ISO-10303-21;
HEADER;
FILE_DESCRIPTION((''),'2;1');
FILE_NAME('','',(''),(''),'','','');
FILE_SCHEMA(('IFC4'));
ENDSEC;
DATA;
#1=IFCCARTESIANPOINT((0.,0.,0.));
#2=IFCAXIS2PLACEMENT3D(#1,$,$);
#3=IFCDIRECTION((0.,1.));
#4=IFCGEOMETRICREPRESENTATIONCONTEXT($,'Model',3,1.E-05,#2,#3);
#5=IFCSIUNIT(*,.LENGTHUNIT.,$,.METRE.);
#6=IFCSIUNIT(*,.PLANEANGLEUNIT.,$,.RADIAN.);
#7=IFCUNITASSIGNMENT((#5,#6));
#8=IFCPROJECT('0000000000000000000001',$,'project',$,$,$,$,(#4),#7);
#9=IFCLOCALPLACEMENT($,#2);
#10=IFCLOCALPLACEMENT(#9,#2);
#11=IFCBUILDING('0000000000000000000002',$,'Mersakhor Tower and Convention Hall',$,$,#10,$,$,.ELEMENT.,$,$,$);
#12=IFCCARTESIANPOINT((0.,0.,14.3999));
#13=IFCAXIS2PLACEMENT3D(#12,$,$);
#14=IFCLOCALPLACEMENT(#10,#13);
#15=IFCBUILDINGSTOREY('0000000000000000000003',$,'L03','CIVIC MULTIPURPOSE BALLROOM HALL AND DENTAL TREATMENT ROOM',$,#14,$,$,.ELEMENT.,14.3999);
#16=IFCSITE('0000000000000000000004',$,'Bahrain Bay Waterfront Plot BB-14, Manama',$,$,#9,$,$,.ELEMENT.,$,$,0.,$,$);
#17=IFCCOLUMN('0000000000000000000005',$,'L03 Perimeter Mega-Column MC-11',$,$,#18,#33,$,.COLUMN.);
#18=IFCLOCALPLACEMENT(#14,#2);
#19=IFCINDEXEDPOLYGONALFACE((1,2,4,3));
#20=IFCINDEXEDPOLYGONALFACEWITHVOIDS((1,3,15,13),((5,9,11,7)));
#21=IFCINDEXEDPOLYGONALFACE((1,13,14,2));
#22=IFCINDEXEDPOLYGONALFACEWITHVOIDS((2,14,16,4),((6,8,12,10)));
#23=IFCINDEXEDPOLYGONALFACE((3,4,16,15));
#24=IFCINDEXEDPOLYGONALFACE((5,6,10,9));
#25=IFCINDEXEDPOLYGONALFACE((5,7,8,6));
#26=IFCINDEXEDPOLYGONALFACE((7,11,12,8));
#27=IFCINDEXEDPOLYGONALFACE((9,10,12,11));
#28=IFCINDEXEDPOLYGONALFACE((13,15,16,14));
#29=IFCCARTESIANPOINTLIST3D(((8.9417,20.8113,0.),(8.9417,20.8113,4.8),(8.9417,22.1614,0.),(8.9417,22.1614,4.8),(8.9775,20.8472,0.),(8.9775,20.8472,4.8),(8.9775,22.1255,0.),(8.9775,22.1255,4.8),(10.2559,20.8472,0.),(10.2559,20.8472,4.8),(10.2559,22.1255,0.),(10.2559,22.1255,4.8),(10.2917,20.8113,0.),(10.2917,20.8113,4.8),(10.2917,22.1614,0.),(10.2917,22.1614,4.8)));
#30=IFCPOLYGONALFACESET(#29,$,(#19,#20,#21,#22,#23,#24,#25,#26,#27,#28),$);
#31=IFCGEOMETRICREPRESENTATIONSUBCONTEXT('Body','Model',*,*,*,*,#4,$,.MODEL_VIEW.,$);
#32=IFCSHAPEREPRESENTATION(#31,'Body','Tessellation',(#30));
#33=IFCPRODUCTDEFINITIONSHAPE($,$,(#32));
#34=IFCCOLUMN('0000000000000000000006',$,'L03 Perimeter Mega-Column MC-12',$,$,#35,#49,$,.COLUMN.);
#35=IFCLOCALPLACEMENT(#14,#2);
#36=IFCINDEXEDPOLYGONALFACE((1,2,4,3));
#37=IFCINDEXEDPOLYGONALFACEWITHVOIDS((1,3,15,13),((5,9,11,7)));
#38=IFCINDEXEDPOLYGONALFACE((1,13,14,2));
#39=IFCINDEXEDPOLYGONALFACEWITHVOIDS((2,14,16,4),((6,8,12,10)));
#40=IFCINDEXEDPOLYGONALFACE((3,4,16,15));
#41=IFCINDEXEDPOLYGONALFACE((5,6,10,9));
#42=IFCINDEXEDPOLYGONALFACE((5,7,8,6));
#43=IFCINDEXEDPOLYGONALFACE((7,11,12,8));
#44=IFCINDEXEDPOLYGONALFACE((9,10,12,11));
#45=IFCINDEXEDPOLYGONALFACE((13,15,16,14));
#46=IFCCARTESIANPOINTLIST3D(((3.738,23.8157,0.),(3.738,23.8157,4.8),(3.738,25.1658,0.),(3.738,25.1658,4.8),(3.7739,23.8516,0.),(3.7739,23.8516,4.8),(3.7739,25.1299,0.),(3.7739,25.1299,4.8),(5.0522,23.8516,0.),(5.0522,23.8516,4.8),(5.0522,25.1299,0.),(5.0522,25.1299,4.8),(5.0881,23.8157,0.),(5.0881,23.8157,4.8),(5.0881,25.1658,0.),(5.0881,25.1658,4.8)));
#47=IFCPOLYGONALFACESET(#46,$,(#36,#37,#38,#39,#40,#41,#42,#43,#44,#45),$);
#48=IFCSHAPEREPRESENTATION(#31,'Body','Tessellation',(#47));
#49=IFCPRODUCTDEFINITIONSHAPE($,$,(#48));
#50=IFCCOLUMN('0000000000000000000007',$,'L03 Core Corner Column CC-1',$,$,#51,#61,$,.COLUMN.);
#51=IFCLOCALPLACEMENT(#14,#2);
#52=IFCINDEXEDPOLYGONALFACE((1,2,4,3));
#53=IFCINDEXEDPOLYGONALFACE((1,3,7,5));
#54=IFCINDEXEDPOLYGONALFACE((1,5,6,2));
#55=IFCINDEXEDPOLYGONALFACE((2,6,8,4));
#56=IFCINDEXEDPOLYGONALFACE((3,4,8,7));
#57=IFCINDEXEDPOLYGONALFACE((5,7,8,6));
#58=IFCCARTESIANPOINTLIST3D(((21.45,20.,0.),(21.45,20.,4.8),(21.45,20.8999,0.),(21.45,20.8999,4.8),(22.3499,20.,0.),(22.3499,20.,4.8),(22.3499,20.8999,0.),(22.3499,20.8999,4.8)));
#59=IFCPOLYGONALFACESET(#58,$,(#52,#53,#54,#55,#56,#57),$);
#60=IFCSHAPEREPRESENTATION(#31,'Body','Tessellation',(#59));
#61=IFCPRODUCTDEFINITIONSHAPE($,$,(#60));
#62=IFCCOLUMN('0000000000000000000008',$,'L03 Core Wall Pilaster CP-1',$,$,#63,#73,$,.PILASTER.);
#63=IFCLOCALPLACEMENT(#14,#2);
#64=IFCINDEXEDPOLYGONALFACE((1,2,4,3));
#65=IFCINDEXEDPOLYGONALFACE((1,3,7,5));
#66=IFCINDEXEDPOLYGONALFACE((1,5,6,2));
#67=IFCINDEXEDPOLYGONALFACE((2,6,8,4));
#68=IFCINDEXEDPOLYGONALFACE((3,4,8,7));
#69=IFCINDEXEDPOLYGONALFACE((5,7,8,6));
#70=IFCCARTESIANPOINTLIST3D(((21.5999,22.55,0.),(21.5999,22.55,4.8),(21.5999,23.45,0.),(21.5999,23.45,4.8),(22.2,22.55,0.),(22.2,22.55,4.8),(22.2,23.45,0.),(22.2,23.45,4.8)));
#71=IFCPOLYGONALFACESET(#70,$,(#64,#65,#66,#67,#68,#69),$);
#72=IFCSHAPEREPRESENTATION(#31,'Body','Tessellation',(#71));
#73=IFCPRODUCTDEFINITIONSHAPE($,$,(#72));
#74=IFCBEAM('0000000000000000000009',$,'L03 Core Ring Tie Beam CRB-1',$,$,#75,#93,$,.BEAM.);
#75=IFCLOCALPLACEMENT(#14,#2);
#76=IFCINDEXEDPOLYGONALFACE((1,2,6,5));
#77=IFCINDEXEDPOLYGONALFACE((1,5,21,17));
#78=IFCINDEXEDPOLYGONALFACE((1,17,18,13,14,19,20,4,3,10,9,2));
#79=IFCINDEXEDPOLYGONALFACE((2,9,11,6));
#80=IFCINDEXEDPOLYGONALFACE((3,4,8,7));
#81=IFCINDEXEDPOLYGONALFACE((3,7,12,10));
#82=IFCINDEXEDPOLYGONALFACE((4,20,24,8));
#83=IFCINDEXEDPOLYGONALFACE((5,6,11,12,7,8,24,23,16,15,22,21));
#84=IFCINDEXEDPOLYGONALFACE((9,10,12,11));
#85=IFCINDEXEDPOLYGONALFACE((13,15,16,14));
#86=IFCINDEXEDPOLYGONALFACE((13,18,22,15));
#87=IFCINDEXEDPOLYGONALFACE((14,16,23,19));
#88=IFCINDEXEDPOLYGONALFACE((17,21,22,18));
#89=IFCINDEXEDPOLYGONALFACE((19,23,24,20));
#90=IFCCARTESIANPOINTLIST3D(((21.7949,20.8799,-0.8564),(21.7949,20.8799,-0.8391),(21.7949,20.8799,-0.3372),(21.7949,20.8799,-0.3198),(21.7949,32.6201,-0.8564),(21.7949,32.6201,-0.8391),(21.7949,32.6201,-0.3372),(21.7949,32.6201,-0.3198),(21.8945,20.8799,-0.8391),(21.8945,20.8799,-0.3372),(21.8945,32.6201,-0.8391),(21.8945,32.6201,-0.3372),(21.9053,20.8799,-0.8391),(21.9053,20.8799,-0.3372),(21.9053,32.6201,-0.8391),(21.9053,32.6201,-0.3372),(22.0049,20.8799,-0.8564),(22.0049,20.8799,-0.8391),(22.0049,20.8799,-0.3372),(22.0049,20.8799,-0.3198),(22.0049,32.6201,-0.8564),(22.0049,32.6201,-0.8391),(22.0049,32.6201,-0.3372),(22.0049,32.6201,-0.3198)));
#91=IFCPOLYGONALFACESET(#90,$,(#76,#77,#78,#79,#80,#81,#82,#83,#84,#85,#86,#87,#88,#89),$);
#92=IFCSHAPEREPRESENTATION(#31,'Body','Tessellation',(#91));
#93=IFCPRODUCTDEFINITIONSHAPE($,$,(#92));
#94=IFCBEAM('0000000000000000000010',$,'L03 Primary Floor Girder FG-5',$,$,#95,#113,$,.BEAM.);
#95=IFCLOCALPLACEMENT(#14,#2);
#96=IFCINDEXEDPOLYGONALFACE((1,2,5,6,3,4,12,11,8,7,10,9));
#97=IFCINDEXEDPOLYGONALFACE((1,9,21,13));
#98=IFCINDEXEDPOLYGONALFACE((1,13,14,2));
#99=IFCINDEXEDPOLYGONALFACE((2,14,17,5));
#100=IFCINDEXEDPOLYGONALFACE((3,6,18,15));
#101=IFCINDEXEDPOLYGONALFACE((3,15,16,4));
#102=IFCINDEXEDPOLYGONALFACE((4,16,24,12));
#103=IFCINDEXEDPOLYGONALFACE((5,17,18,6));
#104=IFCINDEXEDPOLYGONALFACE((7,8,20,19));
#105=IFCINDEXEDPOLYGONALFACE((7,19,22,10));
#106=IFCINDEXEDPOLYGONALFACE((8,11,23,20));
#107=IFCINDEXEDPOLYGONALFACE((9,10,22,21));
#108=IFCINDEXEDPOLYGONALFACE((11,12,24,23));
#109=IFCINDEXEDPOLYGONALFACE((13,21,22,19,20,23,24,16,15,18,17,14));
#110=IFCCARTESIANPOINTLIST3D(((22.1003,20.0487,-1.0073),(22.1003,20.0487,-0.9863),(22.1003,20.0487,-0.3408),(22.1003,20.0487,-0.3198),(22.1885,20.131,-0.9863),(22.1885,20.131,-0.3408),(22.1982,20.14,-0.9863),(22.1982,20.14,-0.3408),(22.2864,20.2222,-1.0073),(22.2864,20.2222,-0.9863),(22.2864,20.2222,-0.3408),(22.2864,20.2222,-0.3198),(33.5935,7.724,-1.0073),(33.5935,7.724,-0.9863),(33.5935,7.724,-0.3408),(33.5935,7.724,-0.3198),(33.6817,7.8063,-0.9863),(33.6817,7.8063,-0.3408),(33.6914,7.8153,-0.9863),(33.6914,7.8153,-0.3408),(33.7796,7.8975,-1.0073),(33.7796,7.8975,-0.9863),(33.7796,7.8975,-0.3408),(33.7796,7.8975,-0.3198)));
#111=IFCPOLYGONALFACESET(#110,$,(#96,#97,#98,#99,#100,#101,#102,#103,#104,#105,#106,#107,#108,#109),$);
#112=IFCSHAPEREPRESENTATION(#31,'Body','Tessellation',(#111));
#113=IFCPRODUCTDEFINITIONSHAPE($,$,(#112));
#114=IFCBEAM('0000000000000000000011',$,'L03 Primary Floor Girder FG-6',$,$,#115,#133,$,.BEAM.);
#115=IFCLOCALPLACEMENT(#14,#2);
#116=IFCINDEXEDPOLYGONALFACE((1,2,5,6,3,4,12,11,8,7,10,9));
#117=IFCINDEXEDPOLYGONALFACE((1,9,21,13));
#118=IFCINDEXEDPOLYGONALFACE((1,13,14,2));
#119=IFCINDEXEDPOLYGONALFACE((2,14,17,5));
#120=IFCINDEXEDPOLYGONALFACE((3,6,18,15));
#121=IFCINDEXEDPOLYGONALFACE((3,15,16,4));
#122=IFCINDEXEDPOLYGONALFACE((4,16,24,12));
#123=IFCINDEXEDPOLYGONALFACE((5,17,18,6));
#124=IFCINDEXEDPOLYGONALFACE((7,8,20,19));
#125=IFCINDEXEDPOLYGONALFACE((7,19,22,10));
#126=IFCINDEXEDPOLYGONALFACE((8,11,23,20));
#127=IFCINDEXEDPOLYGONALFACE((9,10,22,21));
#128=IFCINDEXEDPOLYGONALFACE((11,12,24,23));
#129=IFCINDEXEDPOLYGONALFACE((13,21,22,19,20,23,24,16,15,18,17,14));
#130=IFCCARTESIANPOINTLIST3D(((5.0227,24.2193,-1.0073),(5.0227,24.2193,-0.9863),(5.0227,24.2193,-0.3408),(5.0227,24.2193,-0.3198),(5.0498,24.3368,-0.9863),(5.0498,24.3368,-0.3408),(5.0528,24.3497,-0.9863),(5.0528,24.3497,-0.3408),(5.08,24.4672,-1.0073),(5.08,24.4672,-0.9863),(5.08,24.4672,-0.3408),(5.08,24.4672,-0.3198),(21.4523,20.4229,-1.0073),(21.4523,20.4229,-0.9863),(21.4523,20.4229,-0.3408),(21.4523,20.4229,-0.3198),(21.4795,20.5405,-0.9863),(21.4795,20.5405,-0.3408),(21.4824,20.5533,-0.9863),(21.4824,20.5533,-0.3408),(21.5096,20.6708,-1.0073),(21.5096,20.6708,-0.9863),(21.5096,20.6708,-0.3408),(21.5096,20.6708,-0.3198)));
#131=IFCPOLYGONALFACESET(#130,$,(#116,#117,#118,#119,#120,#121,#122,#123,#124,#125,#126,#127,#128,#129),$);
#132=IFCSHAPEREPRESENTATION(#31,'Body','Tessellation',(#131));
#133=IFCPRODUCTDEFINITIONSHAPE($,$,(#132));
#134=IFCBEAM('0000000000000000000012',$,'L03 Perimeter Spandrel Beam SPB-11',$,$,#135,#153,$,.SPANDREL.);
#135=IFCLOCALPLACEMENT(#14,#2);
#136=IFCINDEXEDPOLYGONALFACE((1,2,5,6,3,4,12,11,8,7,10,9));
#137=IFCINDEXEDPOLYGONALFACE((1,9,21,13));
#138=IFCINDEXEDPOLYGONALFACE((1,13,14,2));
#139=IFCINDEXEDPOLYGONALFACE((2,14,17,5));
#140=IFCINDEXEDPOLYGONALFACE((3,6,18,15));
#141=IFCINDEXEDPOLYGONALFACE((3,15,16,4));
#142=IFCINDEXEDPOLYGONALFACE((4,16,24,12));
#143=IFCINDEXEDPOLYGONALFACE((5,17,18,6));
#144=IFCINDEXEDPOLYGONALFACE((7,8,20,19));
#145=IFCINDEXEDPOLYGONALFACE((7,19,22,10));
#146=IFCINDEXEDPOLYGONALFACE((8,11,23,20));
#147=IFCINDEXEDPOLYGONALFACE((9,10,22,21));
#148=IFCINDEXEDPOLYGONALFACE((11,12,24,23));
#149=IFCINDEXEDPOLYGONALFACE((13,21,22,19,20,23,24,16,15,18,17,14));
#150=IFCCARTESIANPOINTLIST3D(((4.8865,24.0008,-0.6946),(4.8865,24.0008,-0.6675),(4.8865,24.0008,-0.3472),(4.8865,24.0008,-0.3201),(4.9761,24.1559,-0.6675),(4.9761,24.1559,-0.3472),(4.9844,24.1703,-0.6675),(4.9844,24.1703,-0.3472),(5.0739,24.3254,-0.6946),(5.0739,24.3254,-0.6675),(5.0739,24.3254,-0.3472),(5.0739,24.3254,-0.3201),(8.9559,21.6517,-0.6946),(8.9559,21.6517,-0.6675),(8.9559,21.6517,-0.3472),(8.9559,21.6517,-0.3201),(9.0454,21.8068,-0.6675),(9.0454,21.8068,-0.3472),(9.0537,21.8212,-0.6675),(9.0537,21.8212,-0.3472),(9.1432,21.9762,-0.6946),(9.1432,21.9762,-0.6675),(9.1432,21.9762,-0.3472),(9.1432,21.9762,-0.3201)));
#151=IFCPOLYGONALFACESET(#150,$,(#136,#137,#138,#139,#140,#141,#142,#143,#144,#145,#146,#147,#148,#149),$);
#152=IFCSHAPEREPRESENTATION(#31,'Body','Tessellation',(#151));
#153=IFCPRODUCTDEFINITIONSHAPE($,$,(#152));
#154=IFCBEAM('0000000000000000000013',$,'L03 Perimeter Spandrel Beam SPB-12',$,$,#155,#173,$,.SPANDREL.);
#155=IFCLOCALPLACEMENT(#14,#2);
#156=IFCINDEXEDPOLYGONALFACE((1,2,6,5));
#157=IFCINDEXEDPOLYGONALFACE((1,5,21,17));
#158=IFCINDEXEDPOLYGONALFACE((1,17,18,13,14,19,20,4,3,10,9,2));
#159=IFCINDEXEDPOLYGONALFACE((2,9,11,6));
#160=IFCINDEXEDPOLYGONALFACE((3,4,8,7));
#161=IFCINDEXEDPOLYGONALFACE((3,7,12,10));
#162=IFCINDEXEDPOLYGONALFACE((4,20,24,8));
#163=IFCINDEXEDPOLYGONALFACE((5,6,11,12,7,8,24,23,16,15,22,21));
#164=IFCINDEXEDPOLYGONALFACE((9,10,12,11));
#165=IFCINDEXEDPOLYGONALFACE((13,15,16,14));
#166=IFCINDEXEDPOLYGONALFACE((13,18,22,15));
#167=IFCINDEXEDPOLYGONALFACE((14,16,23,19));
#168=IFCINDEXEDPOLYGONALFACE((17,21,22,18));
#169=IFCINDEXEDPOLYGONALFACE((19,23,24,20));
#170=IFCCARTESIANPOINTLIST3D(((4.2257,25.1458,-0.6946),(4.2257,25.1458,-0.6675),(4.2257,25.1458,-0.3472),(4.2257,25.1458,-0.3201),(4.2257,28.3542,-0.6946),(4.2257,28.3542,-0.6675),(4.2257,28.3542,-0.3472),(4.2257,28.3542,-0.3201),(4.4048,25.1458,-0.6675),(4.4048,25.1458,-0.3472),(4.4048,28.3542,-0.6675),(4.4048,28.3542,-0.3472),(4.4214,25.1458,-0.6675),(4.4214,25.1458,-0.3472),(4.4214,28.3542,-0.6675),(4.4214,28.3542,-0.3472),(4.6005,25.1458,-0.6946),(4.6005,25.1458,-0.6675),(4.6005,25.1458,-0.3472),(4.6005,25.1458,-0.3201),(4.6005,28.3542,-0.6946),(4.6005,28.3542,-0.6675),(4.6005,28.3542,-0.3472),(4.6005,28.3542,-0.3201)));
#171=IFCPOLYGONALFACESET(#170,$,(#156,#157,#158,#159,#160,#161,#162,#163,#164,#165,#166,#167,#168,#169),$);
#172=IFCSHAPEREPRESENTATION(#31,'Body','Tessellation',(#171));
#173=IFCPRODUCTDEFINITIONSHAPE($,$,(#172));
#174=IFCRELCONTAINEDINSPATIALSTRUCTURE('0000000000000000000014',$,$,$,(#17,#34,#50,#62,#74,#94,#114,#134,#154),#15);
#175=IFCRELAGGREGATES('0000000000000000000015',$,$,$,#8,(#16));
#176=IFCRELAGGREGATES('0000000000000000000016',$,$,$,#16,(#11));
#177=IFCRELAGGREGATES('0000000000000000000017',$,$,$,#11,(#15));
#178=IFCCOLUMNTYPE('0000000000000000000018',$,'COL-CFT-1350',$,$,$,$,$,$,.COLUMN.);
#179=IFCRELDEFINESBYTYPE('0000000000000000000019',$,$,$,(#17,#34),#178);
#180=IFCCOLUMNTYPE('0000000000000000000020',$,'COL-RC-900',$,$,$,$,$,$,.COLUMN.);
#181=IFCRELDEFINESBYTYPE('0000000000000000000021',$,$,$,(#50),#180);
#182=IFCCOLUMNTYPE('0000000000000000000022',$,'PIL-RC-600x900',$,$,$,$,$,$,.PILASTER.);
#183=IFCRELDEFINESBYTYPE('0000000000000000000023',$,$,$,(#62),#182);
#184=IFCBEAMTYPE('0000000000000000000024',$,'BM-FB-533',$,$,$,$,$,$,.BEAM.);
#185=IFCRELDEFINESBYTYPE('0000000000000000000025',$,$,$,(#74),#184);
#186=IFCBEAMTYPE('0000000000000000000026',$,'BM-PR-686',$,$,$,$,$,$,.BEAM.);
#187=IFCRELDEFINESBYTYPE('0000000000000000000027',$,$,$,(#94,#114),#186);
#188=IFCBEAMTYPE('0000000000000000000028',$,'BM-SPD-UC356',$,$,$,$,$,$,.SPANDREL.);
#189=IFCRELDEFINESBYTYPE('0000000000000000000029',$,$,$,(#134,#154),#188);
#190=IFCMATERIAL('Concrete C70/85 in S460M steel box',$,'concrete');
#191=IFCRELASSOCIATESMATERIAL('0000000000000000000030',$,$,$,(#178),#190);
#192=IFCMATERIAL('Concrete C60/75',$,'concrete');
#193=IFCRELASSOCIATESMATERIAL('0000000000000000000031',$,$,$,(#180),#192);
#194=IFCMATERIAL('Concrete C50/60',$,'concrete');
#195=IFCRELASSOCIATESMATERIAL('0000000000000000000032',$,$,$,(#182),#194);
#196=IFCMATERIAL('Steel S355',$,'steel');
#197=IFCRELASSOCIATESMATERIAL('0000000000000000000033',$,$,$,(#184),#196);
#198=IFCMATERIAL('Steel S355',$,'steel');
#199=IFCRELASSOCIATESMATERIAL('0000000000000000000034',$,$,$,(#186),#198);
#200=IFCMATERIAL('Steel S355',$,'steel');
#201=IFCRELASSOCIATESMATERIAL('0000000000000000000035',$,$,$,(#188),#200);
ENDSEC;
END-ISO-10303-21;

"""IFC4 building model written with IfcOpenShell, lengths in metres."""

from ifc_helpers import new_model, si_unit, direction, frame, origin, origin_2d, place, context, subcontext, project, spatial, rectangle, hollow_rectangle, i_section, extrude, material, material_profile, profile_set, type_object, element, save


model = new_model("IFC4")

# Units and contexts
model_context = context("Model", 3, precision=1e-05, world=origin(), true_north=direction((0.0, 1.0)))
body_context = subcontext(model_context, "Body", "Model", "MODEL_VIEW")
ifc_project = project(units=[si_unit("LENGTHUNIT", "METRE"), si_unit("PLANEANGLEUNIT", "RADIAN")], contexts=[model_context])

# Site, building, storey
site_placement = place(None, origin())
site = spatial("IfcSite", under=ifc_project, at=site_placement, Name="Bahrain Bay Waterfront Plot BB-14, Manama", CompositionType="ELEMENT", RefElevation=0.0)
building_placement = place(site_placement, origin())
building = spatial("IfcBuilding", under=site, at=building_placement, Name="Mersakhor Tower and Convention Hall", CompositionType="ELEMENT")
storey_placement = place(building_placement, frame((0.0, 0.0, 14.3999)))
storey = spatial("IfcBuildingStorey", under=building, at=storey_placement, Name="L03", Description="CIVIC MULTIPURPOSE BALLROOM HALL AND DENTAL TREATMENT ROOM", CompositionType="ELEMENT", Elevation=14.3999)

# Columns
ifc_material_1 = material(Name="Concrete C70/85 in S460M steel box", Category="concrete")
ifc_material_profile_1 = material_profile(ifc_material_1, hollow_rectangle(XDim=1.3501, YDim=1.3501, WallThickness=0.0359, at=origin_2d()), Name="SHS 1350x1350x36")
ifc_profile_set_1 = profile_set([ifc_material_profile_1], Name="Concrete C70/85 in S460M steel box")
column_type_1 = type_object("IfcColumnType", Name="COL-CFT-1350", PredefinedType="COLUMN", material=ifc_profile_set_1)
for number, where, z_axis, x_axis, name in (
    (1, (9.6167, 21.4863, 0.0), (0.0, 0.0, 1.0), (1.0, 0.0, 0.0), "L03 Perimeter Mega-Column MC-11"),
    (2, (4.4131, 24.4907, 0.0), (0.0, 0.0, 1.0), (1.0, 0.0, 0.0), "L03 Perimeter Mega-Column MC-12"),
):
    element("IfcColumn", number, at=place(storey_placement, frame(where, z_axis=z_axis, x_axis=x_axis)), inside=storey, type_object=column_type_1, Name=name, PredefinedType="COLUMN", context=body_context, shape_type="SweptSolid", body=[
        extrude(hollow_rectangle(XDim=1.3501, YDim=1.3501, WallThickness=0.0359, at=origin_2d()), origin(), (0.0, 0.0, 1.0), 4.8),
    ])
ifc_material_2 = material(Name="Concrete C60/75", Category="concrete")
ifc_material_profile_2 = material_profile(ifc_material_2, rectangle(XDim=0.8999, YDim=0.8999, at=origin_2d()), Name="RC 900x900")
ifc_profile_set_2 = profile_set([ifc_material_profile_2], Name="Concrete C60/75")
column_type_2 = type_object("IfcColumnType", Name="COL-RC-900", PredefinedType="COLUMN", material=ifc_profile_set_2)
column_1_placement = place(storey_placement, frame((21.8999, 20.45, 0.0), z_axis=(0.0, 0.0, 1.0), x_axis=(1.0, 0.0, 0.0)))
element("IfcColumn", 3, at=column_1_placement, inside=storey, type_object=column_type_2, Name="L03 Core Corner Column CC-1", PredefinedType="COLUMN", context=body_context, shape_type="SweptSolid", body=[
    extrude(rectangle(XDim=0.8999, YDim=0.8999, at=origin_2d()), origin(), (0.0, 0.0, 1.0), 4.8),
])
ifc_material_3 = material(Name="Concrete C50/60", Category="concrete")
ifc_material_profile_3 = material_profile(ifc_material_3, rectangle(XDim=0.6001, YDim=0.8999, at=origin_2d()), Name="RC 600x900")
ifc_profile_set_3 = profile_set([ifc_material_profile_3], Name="Concrete C50/60")
column_type_3 = type_object("IfcColumnType", Name="PIL-RC-600x900", PredefinedType="PILASTER", material=ifc_profile_set_3)
column_2_placement = place(storey_placement, frame((21.8999, 23.0, 0.0), z_axis=(0.0, 0.0, 1.0), x_axis=(1.0, 0.0, 0.0)))
element("IfcColumn", 4, at=column_2_placement, inside=storey, type_object=column_type_3, Name="L03 Core Wall Pilaster CP-1", PredefinedType="PILASTER", context=body_context, shape_type="SweptSolid", body=[
    extrude(rectangle(XDim=0.6001, YDim=0.8999, at=origin_2d()), origin(), (0.0, 0.0, 1.0), 4.8),
])

# Beams
ifc_material_4 = material(Name="Steel S355", Category="steel")
ifc_material_profile_4 = material_profile(ifc_material_4, i_section(OverallWidth=0.21, OverallDepth=0.5366, WebThickness=0.0107, FlangeThickness=0.0173, at=origin_2d()), Name="UB 533x210x101")
ifc_profile_set_4 = profile_set([ifc_material_profile_4], Name="Steel S355")
beam_type_1 = type_object("IfcBeamType", Name="BM-FB-533", PredefinedType="BEAM", material=ifc_profile_set_4)
beam_1_placement = place(storey_placement, frame((21.8999, 20.8799, -0.5881), z_axis=(0.0, 1.0, 0.0), x_axis=(-1.0, 0.0, 0.0)))
element("IfcBeam", 5, at=beam_1_placement, inside=storey, type_object=beam_type_1, Name="L03 Core Ring Tie Beam CRB-1", PredefinedType="BEAM", context=body_context, shape_type="SweptSolid", body=[
    extrude(i_section(OverallWidth=0.21, OverallDepth=0.5366, WebThickness=0.0107, FlangeThickness=0.0173, at=origin_2d()), origin(), (0.0, 0.0, 1.0), 11.7402),
])
ifc_material_5 = material(Name="Steel S355", Category="steel")
ifc_material_profile_5 = material_profile(ifc_material_5, i_section(OverallWidth=0.2544, OverallDepth=0.6875, WebThickness=0.0132, FlangeThickness=0.021, at=origin_2d()), Name="UB 686x254x152")
ifc_profile_set_5 = profile_set([ifc_material_profile_5], Name="Steel S355")
beam_type_2 = type_object("IfcBeamType", Name="BM-PR-686", PredefinedType="BEAM", material=ifc_profile_set_5)
beam_2_placement = place(storey_placement, frame((22.1934, 20.1355, -0.6636), z_axis=(0.682004, -0.731348, 0.0), x_axis=(0.731348, 0.682004, 0.0)))
element("IfcBeam", 6, at=beam_2_placement, inside=storey, type_object=beam_type_2, Name="L03 Primary Floor Girder FG-5", PredefinedType="BEAM", context=body_context, shape_type="SweptSolid", body=[
    extrude(i_section(OverallWidth=0.2544, OverallDepth=0.6875, WebThickness=0.0132, FlangeThickness=0.021, at=origin_2d()), origin(), (0.0, 0.0, 1.0), 16.8521),
])
beam_3_placement = place(storey_placement, frame((21.481, 20.5469, -0.6636), z_axis=(-0.974327, 0.225137, 0.0), x_axis=(-0.225137, -0.974327, 0.0)))
element("IfcBeam", 7, at=beam_3_placement, inside=storey, type_object=beam_type_2, Name="L03 Primary Floor Girder FG-6", PredefinedType="BEAM", context=body_context, shape_type="SweptSolid", body=[
    extrude(i_section(OverallWidth=0.2544, OverallDepth=0.6875, WebThickness=0.0132, FlangeThickness=0.021, at=origin_2d()), origin(), (0.0, 0.0, 1.0), 16.8625),
])
ifc_material_6 = material(Name="Steel S355", Category="steel")
ifc_material_profile_6 = material_profile(ifc_material_6, i_section(OverallWidth=0.3748, OverallDepth=0.3745, WebThickness=0.0166, FlangeThickness=0.0271, at=origin_2d()), Name="UC 356x368x202")
ifc_profile_set_6 = profile_set([ifc_material_profile_6], Name="Steel S355")
beam_type_3 = type_object("IfcBeamType", Name="BM-SPD-UC356", PredefinedType="SPANDREL", material=ifc_profile_set_6)
beam_4_placement = place(storey_placement, frame((9.0496, 21.814, -0.5073), z_axis=(-0.866054, 0.49995, 0.0), x_axis=(-0.49995, -0.866054, 0.0)))
element("IfcBeam", 8, at=beam_4_placement, inside=storey, type_object=beam_type_3, Name="L03 Perimeter Spandrel Beam SPB-11", PredefinedType="SPANDREL", context=body_context, shape_type="SweptSolid", body=[
    extrude(i_section(OverallWidth=0.3748, OverallDepth=0.3745, WebThickness=0.0166, FlangeThickness=0.0271, at=origin_2d()), origin(), (0.0, 0.0, 1.0), 4.6987),
])
beam_5_placement = place(storey_placement, frame((4.4131, 25.1458, -0.5073), z_axis=(0.0, 1.0, 0.0), x_axis=(-1.0, 0.0, 0.0)))
element("IfcBeam", 9, at=beam_5_placement, inside=storey, type_object=beam_type_3, Name="L03 Perimeter Spandrel Beam SPB-12", PredefinedType="SPANDREL", context=body_context, shape_type="SweptSolid", body=[
    extrude(i_section(OverallWidth=0.3748, OverallDepth=0.3745, WebThickness=0.0166, FlangeThickness=0.0271, at=origin_2d()), origin(), (0.0, 0.0, 1.0), 3.2085),
])

save(model, "model.ifc")
